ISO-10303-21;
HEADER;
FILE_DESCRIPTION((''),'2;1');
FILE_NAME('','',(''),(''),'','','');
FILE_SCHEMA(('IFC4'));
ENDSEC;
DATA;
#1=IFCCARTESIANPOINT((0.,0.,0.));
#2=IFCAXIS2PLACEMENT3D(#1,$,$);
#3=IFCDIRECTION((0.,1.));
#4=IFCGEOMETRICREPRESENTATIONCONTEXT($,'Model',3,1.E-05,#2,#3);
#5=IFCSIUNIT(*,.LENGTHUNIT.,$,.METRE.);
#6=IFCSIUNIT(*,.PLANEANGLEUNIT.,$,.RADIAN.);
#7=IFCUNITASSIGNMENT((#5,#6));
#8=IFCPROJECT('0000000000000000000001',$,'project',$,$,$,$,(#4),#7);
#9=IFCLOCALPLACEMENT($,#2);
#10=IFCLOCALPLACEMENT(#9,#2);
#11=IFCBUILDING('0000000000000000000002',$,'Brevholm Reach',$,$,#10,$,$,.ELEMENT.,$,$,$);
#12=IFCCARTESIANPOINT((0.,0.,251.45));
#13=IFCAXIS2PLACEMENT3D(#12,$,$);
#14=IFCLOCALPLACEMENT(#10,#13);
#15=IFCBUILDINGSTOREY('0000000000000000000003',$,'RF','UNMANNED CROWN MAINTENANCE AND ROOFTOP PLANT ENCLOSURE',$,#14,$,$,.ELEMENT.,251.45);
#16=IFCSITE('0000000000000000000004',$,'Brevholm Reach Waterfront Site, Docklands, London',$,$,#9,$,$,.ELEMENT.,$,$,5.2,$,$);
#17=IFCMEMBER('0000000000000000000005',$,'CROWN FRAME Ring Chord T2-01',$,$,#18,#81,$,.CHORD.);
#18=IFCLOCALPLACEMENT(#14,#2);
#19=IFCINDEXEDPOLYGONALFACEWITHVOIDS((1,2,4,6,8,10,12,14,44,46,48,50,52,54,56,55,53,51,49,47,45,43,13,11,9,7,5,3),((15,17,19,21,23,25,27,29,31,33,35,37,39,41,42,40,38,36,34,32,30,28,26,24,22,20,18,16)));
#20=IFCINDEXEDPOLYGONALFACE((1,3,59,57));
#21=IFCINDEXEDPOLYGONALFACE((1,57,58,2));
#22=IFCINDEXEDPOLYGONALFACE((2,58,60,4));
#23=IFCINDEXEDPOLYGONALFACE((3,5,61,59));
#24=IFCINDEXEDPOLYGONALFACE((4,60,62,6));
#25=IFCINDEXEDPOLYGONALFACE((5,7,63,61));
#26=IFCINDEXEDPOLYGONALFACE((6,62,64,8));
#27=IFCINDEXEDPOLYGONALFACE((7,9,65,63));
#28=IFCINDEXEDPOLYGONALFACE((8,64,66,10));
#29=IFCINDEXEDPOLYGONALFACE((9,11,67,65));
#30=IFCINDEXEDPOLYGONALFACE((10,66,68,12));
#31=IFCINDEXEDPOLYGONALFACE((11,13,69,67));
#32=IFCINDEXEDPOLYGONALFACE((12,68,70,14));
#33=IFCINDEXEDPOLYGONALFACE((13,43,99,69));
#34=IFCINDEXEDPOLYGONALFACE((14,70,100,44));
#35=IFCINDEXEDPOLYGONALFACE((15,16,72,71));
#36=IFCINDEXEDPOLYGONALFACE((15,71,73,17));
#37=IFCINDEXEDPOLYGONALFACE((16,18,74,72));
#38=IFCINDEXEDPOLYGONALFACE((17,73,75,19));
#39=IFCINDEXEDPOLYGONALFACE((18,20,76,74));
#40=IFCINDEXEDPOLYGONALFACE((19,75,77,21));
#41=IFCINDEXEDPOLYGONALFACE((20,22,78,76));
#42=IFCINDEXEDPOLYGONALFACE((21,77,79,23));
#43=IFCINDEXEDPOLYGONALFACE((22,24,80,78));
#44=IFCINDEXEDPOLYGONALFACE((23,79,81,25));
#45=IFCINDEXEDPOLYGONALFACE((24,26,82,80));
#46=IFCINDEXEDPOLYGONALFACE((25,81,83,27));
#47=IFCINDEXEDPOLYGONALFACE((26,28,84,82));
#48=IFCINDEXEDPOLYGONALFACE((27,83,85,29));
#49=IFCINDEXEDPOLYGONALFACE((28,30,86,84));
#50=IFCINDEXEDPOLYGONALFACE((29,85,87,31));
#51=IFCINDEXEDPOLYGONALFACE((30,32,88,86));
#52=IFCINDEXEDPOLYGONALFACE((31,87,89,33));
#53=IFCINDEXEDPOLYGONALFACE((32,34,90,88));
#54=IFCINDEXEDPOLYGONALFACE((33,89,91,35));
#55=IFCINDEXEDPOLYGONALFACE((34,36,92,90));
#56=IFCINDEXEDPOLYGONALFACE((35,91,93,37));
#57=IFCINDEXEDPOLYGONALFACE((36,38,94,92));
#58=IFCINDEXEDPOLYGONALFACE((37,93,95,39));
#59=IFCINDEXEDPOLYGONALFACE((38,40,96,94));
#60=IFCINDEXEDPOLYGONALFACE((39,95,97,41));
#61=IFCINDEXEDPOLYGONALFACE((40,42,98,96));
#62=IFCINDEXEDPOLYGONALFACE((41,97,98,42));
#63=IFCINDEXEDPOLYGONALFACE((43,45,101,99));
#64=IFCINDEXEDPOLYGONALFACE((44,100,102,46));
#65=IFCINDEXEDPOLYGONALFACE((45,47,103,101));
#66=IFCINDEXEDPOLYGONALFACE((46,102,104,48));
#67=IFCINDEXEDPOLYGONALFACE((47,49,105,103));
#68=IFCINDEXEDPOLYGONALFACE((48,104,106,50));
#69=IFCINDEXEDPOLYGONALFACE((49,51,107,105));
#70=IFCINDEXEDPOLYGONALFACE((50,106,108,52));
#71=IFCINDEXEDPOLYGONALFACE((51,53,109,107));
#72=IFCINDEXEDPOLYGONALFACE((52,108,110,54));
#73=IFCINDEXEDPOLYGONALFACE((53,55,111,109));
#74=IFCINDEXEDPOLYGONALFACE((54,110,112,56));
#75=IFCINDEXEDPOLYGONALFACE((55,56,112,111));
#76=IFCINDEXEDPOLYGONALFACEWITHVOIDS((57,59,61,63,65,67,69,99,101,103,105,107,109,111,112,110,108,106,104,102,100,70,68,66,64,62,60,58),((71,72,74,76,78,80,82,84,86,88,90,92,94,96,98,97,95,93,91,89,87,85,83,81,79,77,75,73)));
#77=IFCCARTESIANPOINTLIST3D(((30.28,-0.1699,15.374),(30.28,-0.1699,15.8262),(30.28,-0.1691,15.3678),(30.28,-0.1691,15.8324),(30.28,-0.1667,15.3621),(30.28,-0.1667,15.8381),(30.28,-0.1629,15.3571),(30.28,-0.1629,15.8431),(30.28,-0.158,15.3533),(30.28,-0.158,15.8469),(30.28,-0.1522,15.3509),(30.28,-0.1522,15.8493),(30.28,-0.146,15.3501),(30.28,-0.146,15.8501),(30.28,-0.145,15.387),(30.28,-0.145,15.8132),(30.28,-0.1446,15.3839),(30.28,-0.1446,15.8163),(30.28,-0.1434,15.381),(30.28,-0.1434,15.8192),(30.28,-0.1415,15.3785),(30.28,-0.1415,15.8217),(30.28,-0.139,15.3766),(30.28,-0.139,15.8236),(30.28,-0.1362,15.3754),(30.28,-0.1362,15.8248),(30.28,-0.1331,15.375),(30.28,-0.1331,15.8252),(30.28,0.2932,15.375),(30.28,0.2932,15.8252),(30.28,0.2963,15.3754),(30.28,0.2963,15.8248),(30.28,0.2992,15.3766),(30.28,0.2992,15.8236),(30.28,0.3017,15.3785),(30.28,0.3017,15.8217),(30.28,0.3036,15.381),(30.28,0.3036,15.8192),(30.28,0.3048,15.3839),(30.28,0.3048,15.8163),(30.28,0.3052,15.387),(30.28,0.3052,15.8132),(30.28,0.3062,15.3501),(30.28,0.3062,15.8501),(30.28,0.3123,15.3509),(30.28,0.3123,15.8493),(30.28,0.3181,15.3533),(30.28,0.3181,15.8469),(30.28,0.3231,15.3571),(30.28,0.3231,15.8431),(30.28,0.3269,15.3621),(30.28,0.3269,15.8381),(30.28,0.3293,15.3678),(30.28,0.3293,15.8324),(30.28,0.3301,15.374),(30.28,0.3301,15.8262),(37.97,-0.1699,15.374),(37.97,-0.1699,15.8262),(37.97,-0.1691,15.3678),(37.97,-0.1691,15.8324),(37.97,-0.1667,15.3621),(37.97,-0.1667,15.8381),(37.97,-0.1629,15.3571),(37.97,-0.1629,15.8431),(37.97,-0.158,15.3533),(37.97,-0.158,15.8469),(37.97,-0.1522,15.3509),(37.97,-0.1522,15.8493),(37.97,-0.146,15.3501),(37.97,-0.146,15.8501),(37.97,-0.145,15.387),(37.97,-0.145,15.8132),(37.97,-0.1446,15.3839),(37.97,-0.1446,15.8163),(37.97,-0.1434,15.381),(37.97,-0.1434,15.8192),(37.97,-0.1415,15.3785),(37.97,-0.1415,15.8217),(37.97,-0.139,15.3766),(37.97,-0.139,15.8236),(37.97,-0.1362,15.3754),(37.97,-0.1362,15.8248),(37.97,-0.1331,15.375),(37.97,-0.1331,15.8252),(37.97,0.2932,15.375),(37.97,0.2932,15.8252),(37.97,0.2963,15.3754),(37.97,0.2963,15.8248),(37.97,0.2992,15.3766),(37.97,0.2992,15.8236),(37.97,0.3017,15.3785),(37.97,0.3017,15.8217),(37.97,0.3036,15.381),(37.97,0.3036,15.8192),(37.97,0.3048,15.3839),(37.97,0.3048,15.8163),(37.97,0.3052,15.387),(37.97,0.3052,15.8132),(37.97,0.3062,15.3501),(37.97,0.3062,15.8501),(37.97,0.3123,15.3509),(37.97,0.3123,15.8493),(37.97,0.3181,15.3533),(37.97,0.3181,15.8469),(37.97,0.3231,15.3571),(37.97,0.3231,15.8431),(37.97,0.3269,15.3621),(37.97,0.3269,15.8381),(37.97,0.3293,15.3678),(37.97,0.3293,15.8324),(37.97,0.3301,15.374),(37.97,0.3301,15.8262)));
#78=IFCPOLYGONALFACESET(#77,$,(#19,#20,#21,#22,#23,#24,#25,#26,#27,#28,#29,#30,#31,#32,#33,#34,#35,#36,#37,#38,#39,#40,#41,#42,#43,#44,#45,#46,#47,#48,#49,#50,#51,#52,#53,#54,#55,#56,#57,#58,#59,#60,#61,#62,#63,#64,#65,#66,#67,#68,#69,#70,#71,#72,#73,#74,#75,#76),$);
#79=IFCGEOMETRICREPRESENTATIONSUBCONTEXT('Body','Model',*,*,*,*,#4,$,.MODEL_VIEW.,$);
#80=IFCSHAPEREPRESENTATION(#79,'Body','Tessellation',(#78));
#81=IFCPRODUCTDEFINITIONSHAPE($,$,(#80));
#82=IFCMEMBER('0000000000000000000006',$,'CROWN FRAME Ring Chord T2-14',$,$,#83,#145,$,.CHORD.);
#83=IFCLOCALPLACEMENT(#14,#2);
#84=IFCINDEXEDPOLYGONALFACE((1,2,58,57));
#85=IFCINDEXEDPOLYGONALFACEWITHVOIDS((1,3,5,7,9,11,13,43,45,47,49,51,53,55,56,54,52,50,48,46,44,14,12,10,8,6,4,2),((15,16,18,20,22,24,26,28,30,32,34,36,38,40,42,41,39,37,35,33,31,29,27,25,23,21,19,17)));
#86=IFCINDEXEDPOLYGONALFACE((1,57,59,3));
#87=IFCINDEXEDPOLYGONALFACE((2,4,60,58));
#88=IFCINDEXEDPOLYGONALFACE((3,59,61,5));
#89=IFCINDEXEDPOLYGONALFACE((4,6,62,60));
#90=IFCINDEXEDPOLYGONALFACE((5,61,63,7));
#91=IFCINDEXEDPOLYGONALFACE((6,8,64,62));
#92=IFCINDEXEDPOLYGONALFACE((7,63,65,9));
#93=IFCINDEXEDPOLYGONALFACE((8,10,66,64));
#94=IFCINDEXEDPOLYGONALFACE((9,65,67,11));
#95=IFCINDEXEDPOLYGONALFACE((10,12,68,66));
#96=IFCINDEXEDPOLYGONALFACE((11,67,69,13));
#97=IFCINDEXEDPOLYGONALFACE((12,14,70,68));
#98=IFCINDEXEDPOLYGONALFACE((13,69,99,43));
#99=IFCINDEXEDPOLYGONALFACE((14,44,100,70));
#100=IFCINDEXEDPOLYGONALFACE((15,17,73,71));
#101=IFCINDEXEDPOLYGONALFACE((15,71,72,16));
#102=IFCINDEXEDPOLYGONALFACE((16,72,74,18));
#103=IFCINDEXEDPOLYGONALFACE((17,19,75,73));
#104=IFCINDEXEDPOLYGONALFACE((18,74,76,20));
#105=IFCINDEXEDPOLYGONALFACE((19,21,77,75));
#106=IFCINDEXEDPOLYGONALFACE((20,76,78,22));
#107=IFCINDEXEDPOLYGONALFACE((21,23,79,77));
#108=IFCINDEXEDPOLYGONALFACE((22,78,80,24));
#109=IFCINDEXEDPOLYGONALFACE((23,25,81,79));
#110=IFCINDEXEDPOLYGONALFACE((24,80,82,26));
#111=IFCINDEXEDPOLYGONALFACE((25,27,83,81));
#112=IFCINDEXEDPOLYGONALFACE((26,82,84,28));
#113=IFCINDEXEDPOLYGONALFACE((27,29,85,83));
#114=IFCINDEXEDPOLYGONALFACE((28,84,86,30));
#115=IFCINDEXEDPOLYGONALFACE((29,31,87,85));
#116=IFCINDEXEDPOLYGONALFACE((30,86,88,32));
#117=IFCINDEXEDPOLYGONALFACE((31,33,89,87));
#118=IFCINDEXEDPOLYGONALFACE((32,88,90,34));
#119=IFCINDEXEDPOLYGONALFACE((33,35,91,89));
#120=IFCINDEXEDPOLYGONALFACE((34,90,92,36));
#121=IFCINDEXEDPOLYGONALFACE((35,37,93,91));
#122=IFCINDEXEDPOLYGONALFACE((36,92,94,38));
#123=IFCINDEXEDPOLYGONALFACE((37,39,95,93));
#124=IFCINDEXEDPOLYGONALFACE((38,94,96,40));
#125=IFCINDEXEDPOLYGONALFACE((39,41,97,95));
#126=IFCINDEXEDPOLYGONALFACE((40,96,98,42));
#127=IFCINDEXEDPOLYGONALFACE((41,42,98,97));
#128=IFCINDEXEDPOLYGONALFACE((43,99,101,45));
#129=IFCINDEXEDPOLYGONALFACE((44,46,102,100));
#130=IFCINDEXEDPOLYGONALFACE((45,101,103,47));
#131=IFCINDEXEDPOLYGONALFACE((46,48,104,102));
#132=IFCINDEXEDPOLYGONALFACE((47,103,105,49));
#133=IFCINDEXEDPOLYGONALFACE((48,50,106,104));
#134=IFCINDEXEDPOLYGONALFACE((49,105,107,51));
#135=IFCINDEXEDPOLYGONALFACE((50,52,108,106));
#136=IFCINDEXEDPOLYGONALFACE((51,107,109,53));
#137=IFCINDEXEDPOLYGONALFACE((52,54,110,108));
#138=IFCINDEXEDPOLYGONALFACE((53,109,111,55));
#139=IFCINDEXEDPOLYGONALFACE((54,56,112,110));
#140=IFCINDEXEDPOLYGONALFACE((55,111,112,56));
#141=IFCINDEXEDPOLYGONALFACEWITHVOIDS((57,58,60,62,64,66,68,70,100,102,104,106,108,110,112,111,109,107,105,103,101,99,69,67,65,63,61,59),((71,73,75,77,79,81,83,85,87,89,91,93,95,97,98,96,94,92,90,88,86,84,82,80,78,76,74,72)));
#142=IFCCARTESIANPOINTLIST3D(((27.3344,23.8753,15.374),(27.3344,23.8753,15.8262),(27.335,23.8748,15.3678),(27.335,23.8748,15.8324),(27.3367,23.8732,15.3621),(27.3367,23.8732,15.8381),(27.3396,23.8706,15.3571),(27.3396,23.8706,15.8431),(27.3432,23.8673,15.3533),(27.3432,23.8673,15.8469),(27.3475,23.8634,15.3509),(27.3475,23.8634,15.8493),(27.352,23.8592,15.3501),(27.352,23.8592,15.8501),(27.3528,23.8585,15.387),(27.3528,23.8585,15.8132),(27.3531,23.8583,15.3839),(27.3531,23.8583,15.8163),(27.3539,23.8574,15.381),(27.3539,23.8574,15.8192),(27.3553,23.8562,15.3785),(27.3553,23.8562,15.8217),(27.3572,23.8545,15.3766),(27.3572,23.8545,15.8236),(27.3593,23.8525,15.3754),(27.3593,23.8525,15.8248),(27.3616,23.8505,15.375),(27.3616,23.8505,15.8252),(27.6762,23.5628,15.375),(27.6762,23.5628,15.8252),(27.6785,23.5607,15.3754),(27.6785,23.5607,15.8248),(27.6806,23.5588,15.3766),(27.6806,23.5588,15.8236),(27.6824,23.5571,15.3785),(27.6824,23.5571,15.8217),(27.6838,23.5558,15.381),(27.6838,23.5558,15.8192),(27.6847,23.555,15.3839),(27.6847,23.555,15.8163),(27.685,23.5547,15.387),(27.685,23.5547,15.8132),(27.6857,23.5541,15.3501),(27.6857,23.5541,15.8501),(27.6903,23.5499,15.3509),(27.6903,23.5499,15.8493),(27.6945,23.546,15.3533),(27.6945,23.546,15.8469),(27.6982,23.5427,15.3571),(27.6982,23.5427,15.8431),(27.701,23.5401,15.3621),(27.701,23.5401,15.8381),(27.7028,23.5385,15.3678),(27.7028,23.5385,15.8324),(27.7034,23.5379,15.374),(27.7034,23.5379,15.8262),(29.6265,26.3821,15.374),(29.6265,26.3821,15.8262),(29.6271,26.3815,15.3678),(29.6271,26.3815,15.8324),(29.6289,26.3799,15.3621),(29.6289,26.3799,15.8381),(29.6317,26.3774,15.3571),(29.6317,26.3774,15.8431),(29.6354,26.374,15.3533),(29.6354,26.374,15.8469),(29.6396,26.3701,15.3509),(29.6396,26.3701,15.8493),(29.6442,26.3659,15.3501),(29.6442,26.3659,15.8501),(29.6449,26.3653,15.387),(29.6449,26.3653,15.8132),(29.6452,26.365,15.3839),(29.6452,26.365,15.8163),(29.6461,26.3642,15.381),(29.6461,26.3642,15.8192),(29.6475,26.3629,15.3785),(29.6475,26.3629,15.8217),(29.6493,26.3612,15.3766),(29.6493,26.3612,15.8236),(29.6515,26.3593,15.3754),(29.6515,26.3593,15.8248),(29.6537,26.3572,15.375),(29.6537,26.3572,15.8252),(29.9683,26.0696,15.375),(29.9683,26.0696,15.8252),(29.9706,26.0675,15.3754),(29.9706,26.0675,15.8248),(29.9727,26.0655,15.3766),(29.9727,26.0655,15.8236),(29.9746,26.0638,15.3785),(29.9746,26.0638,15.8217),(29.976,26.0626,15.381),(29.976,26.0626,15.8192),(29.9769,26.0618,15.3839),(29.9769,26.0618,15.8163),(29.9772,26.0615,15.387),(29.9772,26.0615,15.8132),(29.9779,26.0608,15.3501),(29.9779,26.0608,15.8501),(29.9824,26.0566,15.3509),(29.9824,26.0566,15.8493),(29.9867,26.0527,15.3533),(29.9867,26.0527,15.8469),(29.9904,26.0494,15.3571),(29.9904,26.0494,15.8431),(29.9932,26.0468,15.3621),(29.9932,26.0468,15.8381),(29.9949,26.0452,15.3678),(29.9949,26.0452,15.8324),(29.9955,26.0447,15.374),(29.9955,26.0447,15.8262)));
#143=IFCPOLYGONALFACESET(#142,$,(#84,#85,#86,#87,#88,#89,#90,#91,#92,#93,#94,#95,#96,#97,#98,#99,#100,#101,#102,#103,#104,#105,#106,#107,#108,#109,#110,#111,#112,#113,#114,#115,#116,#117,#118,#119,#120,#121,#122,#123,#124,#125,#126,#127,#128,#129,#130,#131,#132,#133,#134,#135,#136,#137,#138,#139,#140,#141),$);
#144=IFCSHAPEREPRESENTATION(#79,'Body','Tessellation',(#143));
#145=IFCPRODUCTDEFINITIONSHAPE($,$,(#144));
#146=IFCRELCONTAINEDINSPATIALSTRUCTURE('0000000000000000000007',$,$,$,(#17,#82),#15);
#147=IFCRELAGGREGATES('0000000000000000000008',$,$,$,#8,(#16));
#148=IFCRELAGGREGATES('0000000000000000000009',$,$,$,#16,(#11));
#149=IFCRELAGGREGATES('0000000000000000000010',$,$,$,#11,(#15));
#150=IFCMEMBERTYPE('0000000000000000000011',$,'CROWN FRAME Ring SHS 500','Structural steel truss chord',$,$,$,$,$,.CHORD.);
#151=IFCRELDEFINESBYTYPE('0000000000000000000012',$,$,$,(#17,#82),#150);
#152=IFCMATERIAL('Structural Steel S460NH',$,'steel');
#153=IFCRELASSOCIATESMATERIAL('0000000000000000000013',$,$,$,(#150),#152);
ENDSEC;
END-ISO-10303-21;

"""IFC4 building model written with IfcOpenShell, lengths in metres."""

from ifc_helpers import new_model, si_unit, direction, frame, origin, origin_2d, place, context, subcontext, project, spatial, hollow_rectangle, extrude, material, material_profile, profile_set, type_object, element, save


model = new_model("IFC4")

# Units and contexts
model_context = context("Model", 3, precision=1e-05, world=origin(), true_north=direction((0.0, 1.0)))
body_context = subcontext(model_context, "Body", "Model", "MODEL_VIEW")
ifc_project = project(units=[si_unit("LENGTHUNIT", "METRE"), si_unit("PLANEANGLEUNIT", "RADIAN")], contexts=[model_context])

# Site, building, storey
site_placement = place(None, origin())
site = spatial("IfcSite", under=ifc_project, at=site_placement, Name="Brevholm Reach Waterfront Site, Docklands, London", CompositionType="ELEMENT", RefElevation=5.2)
building_placement = place(site_placement, origin())
building = spatial("IfcBuilding", under=site, at=building_placement, Name="Brevholm Reach", CompositionType="ELEMENT")
storey_placement = place(building_placement, frame((0.0, 0.0, 251.45)))
storey = spatial("IfcBuildingStorey", under=building, at=storey_placement, Name="RF", Description="UNMANNED CROWN MAINTENANCE AND ROOFTOP PLANT ENCLOSURE", CompositionType="ELEMENT", Elevation=251.45)

# Members
ifc_material_1 = material(Name="Structural Steel S460NH", Category="steel")
ifc_material_profile_1 = material_profile(ifc_material_1, hollow_rectangle(XDim=0.5, YDim=0.5, WallThickness=0.0249, InnerFilletRadius=0.012, OuterFilletRadius=0.0239, at=origin_2d()), Name="SHS 500x500x25")
ifc_profile_set_1 = profile_set([ifc_material_profile_1], Name="Structural Steel S460NH")
member_type_1 = type_object("IfcMemberType", Name="CROWN FRAME Ring SHS 500", Description="Structural steel truss chord", PredefinedType="CHORD", material=ifc_profile_set_1)
member_1_placement = place(storey_placement, frame((30.28, 0.0801, 15.6001), z_axis=(1.0, 0.0, 0.0), x_axis=(0.0, 1.0, 0.0)))
element("IfcMember", 1, at=member_1_placement, inside=storey, type_object=member_type_1, Name="CROWN FRAME Ring Chord T2-01", PredefinedType="CHORD", context=body_context, shape_type="SweptSolid", body=[
    extrude(hollow_rectangle(XDim=0.5, YDim=0.5, WallThickness=0.0249, InnerFilletRadius=0.012, OuterFilletRadius=0.0239, at=origin_2d()), origin(), (0.0, 0.0, 1.0), 7.6899),
])
member_2_placement = place(storey_placement, frame((29.811, 26.2134, 15.6001), z_axis=(-0.674813, -0.737989, 0.0), x_axis=(0.737989, -0.674813, 0.0)))
element("IfcMember", 2, at=member_2_placement, inside=storey, type_object=member_type_1, Name="CROWN FRAME Ring Chord T2-14", PredefinedType="CHORD", context=body_context, shape_type="SweptSolid", body=[
    extrude(hollow_rectangle(XDim=0.5, YDim=0.5, WallThickness=0.0249, InnerFilletRadius=0.012, OuterFilletRadius=0.0239, at=origin_2d()), origin(), (0.0, 0.0, 1.0), 3.3967),
])

save(model, "model.ifc")
